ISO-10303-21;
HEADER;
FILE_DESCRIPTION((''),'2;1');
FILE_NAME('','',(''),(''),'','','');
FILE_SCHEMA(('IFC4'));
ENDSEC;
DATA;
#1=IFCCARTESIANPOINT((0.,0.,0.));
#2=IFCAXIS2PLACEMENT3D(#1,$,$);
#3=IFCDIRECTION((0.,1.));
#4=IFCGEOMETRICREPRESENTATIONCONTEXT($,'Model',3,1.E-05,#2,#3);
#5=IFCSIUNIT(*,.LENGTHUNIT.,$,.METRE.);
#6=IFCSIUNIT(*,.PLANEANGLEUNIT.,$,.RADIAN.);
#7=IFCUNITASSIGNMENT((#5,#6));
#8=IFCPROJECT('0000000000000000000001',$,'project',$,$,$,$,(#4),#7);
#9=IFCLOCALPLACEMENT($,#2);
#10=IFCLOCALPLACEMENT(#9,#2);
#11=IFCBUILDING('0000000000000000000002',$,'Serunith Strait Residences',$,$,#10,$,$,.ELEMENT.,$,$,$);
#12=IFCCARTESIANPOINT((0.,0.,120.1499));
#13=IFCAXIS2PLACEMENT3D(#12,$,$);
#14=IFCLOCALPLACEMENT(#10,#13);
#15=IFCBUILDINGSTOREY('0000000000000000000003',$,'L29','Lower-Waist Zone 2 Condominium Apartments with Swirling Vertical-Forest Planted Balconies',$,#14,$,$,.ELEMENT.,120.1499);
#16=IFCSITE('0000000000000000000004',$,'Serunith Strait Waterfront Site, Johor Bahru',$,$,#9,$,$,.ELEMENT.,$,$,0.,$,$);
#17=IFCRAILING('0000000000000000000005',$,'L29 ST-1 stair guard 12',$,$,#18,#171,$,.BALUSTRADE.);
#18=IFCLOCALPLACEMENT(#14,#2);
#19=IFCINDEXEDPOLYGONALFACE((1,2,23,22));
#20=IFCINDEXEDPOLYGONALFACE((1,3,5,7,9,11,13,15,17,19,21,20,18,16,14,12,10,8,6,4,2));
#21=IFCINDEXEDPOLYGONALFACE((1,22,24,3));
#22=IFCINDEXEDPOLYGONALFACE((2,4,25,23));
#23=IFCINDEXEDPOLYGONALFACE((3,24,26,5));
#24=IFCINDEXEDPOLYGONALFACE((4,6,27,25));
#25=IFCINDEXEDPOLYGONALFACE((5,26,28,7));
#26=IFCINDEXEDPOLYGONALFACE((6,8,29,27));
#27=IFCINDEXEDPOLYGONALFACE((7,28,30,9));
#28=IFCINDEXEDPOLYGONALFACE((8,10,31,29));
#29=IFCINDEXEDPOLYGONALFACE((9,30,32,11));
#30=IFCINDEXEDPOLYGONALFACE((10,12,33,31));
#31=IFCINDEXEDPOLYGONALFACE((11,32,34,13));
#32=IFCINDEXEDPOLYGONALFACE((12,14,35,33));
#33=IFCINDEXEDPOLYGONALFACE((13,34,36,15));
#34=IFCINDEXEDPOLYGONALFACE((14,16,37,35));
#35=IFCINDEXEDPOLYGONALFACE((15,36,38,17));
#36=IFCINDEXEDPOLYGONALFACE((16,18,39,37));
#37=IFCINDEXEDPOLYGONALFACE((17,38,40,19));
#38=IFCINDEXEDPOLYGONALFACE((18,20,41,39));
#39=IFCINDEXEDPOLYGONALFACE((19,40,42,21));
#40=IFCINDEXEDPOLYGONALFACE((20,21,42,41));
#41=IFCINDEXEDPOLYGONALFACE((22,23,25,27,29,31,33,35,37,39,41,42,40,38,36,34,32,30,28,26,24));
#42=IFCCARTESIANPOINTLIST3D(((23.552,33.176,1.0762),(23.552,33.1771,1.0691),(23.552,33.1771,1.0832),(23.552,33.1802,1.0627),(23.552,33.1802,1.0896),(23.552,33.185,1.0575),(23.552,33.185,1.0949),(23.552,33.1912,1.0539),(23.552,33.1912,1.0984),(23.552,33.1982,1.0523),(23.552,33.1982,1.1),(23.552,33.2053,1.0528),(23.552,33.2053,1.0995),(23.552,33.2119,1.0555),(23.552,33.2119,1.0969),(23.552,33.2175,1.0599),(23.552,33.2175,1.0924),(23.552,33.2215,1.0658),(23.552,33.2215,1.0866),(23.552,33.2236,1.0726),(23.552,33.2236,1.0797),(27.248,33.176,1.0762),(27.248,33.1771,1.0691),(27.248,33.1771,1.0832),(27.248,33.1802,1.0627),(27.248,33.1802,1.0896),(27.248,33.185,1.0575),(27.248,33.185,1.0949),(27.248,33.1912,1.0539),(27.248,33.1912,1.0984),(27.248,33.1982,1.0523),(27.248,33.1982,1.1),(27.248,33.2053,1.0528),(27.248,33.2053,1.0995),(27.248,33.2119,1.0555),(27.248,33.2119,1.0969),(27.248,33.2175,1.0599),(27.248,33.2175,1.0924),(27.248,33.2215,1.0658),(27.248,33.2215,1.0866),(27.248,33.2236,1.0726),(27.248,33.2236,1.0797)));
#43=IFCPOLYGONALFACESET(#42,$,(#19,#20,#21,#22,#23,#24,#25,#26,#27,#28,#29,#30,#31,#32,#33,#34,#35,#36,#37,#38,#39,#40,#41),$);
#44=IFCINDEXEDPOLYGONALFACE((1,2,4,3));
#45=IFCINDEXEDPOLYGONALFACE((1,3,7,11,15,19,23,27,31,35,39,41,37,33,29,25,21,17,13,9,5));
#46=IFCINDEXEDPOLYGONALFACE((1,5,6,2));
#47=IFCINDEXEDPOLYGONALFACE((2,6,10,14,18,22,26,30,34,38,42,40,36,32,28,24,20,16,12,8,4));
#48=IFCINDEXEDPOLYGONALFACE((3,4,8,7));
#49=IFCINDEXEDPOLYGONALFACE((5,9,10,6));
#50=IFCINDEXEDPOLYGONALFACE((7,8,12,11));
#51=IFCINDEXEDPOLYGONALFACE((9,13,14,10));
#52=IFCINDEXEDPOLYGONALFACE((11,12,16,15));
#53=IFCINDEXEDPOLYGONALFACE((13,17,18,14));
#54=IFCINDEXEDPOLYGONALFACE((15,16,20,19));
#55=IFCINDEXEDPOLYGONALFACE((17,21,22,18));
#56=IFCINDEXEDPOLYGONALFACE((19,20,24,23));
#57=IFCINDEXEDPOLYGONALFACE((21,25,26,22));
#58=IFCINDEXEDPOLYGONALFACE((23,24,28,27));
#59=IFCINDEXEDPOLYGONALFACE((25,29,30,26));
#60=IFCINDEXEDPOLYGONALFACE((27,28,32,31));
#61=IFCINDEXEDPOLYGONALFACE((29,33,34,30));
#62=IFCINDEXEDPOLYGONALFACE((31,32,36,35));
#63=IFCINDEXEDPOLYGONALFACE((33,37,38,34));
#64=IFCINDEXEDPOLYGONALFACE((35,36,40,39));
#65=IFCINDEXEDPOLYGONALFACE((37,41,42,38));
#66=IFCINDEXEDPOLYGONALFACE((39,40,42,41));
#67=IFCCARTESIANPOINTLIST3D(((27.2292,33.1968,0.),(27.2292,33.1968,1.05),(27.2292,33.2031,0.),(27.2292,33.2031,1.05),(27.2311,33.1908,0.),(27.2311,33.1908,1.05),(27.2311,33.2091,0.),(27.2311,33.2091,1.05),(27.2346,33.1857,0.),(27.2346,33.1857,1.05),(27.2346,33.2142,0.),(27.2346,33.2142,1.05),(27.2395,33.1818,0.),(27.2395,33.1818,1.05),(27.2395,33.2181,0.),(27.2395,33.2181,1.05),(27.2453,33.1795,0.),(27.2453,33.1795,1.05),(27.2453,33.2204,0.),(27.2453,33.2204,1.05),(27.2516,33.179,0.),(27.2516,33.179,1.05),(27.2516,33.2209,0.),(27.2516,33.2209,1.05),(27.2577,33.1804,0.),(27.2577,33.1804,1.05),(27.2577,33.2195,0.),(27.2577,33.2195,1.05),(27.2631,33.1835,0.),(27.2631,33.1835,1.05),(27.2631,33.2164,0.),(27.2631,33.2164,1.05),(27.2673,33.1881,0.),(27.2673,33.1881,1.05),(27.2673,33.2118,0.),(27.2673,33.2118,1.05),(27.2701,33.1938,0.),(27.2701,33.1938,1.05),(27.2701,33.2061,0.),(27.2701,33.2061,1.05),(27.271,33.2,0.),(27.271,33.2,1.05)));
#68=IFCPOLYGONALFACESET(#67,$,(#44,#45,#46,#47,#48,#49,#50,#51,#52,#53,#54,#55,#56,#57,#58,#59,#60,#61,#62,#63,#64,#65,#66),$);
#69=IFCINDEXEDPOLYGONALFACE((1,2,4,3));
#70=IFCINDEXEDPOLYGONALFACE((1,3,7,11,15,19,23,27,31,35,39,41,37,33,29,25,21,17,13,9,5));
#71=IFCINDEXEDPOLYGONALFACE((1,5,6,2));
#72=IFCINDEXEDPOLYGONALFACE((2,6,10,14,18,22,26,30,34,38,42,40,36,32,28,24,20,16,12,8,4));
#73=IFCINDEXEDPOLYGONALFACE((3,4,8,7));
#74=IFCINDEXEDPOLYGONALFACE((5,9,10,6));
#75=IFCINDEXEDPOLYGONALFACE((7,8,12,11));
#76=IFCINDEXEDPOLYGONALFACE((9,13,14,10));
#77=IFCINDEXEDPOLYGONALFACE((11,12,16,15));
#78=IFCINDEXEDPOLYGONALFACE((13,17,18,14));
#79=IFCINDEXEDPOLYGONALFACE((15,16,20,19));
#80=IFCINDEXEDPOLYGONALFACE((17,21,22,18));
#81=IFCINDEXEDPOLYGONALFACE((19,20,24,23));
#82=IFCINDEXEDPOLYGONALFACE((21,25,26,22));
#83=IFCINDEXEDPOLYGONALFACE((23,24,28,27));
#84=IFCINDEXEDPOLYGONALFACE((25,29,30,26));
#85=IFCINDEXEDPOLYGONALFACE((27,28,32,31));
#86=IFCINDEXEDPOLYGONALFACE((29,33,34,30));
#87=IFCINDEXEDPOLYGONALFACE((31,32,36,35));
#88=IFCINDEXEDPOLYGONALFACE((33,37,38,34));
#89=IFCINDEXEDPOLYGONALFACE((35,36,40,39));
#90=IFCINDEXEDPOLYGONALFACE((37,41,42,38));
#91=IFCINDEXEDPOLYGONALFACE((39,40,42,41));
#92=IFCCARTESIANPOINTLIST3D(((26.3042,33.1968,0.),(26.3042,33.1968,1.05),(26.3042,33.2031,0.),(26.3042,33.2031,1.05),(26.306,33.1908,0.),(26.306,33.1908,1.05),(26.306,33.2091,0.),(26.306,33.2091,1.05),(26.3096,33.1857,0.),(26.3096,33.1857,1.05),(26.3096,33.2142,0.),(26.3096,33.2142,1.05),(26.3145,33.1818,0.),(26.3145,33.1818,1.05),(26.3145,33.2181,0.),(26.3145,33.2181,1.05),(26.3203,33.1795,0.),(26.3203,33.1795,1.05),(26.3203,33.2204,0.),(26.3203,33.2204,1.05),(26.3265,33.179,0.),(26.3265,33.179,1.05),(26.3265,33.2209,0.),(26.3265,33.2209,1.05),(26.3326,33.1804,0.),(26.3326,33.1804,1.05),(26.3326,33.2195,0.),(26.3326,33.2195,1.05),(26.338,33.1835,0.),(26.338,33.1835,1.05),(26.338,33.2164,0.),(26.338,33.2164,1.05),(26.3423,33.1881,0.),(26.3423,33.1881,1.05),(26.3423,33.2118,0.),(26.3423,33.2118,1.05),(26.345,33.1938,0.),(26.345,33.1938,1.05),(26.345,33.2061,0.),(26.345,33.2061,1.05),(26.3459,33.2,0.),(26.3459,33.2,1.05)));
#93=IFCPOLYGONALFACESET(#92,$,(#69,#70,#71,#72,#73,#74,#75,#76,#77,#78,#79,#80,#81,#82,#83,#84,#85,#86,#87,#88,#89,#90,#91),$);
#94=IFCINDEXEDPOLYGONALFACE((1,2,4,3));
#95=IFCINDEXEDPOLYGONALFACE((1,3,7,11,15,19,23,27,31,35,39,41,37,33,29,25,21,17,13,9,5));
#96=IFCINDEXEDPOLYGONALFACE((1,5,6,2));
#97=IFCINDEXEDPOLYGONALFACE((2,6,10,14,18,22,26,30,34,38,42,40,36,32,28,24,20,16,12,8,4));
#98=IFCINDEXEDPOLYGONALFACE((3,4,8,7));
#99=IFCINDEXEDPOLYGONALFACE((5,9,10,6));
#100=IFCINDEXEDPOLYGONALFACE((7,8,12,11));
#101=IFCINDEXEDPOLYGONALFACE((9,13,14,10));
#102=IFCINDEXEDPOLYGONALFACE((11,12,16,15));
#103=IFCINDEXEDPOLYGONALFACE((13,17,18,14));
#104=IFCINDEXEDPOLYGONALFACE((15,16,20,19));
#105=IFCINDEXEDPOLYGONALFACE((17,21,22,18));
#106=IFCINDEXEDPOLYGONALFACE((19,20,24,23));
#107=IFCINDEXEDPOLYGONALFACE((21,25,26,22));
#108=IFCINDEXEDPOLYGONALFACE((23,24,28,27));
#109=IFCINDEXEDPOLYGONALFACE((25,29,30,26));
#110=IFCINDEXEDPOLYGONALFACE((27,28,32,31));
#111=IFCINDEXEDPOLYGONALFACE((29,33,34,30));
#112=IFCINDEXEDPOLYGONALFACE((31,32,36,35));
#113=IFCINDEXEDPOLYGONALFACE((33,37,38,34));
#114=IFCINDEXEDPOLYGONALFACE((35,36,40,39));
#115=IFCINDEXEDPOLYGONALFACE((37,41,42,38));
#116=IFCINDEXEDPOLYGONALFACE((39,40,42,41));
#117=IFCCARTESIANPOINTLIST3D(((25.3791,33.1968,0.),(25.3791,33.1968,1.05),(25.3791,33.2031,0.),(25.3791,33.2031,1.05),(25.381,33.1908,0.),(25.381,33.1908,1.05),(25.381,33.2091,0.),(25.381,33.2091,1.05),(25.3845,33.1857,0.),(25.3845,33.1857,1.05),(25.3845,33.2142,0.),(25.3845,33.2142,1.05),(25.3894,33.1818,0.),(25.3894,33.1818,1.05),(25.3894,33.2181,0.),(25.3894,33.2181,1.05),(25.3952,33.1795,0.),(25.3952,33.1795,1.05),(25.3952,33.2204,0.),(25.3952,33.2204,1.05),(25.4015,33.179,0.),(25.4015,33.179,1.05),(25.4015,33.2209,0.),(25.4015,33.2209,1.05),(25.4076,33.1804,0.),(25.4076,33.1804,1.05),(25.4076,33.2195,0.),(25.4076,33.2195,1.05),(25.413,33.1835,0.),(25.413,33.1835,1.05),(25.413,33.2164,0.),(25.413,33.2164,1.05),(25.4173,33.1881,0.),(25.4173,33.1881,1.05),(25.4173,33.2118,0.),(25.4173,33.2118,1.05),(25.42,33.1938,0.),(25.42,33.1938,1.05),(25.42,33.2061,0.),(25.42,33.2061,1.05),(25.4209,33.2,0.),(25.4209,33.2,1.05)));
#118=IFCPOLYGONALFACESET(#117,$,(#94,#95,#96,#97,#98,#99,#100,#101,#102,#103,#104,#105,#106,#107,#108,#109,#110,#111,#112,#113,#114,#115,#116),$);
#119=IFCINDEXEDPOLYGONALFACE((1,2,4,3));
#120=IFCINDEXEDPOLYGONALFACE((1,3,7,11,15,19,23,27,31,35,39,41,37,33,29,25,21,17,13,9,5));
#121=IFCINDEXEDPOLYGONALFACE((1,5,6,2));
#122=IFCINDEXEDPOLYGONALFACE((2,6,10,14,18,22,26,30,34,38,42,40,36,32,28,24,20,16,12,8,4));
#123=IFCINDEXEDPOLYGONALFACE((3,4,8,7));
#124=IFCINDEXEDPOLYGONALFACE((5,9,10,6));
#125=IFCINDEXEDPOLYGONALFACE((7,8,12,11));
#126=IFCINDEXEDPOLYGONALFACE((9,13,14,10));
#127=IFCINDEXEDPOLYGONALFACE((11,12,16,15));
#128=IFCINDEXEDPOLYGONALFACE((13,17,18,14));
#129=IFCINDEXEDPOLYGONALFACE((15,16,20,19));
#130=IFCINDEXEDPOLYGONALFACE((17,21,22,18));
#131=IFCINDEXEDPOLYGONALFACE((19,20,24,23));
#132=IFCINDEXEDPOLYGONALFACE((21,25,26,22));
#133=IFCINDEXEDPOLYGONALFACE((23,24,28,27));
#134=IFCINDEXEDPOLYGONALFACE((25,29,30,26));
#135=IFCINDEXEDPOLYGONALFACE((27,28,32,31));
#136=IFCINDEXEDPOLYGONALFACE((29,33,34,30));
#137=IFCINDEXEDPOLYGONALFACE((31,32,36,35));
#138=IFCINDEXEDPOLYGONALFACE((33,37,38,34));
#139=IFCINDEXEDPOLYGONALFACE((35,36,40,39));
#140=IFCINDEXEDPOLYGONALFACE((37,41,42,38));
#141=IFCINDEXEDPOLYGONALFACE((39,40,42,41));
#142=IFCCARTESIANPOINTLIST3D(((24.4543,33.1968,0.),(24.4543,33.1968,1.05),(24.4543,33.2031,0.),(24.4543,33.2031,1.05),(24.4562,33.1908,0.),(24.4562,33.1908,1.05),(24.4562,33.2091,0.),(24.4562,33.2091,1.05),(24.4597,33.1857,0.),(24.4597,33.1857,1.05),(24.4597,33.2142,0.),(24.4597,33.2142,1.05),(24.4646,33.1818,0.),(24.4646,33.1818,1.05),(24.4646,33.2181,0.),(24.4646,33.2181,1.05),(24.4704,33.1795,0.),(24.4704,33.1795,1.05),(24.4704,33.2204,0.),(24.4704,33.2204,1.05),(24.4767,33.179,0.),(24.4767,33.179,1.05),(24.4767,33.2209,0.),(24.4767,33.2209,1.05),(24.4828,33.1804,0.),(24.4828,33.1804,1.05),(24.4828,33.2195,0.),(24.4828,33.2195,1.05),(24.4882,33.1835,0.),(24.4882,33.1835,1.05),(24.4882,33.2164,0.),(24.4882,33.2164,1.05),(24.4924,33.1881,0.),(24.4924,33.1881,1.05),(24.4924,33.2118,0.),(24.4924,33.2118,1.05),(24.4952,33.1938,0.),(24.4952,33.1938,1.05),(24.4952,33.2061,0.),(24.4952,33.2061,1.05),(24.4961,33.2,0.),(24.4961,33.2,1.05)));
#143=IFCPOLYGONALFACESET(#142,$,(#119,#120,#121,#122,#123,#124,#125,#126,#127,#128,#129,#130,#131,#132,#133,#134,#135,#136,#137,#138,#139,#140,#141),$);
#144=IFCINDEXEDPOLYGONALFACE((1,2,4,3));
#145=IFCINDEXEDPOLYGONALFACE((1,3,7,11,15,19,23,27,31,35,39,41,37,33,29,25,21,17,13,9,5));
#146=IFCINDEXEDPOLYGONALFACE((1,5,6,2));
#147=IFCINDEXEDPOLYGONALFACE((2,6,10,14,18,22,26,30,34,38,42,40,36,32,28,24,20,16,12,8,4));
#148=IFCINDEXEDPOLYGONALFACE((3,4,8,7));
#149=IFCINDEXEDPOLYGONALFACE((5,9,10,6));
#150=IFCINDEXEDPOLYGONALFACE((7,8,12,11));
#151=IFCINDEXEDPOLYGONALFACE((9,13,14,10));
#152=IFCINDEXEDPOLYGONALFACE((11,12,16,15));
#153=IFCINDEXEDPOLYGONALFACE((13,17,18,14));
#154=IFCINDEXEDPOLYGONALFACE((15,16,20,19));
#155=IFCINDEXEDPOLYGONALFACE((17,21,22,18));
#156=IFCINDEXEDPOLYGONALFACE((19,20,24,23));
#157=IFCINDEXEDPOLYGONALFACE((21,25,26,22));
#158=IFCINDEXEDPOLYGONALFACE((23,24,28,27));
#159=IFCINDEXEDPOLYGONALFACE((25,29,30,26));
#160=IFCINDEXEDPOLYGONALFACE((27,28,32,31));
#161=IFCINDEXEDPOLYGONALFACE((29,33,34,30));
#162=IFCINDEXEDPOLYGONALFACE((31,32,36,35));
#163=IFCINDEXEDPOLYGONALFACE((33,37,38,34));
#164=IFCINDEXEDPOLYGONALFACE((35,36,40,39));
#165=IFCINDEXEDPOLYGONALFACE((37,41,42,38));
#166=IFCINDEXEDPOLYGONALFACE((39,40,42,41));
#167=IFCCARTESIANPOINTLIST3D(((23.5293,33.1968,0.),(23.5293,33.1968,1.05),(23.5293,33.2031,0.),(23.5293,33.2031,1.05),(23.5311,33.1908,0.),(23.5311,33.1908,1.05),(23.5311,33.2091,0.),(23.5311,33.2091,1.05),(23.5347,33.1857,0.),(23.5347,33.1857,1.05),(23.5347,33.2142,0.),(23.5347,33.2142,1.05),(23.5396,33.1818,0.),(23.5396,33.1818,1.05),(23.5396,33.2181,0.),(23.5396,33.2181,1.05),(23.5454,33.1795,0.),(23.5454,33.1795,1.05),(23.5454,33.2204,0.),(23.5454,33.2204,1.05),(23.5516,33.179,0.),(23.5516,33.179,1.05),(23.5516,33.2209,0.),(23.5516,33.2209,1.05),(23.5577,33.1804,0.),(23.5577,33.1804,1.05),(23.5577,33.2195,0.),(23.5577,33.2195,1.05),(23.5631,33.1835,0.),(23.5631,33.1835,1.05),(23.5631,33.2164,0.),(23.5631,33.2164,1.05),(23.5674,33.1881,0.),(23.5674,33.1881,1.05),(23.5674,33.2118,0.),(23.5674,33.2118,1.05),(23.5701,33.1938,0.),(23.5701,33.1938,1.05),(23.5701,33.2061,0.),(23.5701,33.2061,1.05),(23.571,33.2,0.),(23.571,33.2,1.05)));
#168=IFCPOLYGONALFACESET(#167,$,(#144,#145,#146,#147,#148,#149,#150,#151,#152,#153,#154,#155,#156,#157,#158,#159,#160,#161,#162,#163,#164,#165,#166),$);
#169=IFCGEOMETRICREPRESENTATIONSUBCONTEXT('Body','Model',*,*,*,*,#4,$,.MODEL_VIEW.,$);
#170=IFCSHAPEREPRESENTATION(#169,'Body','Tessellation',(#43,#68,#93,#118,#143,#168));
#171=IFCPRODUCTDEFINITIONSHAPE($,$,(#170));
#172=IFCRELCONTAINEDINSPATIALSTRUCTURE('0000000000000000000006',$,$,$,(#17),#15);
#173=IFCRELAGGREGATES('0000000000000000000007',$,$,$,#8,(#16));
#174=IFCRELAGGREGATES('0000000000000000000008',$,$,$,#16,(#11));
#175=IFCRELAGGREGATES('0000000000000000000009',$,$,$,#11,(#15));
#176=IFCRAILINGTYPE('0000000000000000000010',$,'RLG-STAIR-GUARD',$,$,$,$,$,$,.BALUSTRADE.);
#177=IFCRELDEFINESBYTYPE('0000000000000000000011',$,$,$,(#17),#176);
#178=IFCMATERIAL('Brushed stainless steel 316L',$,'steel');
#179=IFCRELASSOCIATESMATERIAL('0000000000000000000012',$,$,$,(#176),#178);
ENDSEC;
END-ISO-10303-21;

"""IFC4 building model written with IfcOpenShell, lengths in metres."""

from ifc_helpers import new_model, si_unit, direction, frame, origin, origin_2d, place, context, subcontext, project, spatial, circle, extrude, material, type_object, element, save


model = new_model("IFC4")

# Units and contexts
model_context = context("Model", 3, precision=1e-05, world=origin(), true_north=direction((0.0, 1.0)))
body_context = subcontext(model_context, "Body", "Model", "MODEL_VIEW")
ifc_project = project(units=[si_unit("LENGTHUNIT", "METRE"), si_unit("PLANEANGLEUNIT", "RADIAN")], contexts=[model_context])

# Site, building, storey
site_placement = place(None, origin())
site = spatial("IfcSite", under=ifc_project, at=site_placement, Name="Serunith Strait Waterfront Site, Johor Bahru", CompositionType="ELEMENT", RefElevation=0.0)
building_placement = place(site_placement, origin())
building = spatial("IfcBuilding", under=site, at=building_placement, Name="Serunith Strait Residences", CompositionType="ELEMENT")
storey_placement = place(building_placement, frame((0.0, 0.0, 120.1499)))
storey = spatial("IfcBuildingStorey", under=building, at=storey_placement, Name="L29", Description="Lower-Waist Zone 2 Condominium Apartments with Swirling Vertical-Forest Planted Balconies", CompositionType="ELEMENT", Elevation=120.1499)

# Railing
ifc_material_1 = material(Name="Brushed stainless steel 316L", Category="steel")
railing_type_1 = type_object("IfcRailingType", Name="RLG-STAIR-GUARD", PredefinedType="BALUSTRADE", material=ifc_material_1)
railing_1_placement = place(storey_placement, frame((27.25, 33.2, 0.0)))
element("IfcRailing", 1, at=railing_1_placement, inside=storey, type_object=railing_type_1, Name="L29 ST-1 stair guard 12", PredefinedType="BALUSTRADE", context=body_context, shape_type="SweptSolid", body=[
    extrude(circle(Radius=0.0239, at=origin_2d()), frame((-0.002, 0.0, 1.0762), z_axis=(-1.0, 0.0, 0.0), x_axis=(0.0, -1.0, 0.0)), (0.0, 0.0, 1.0), 3.696),
    extrude(circle(Radius=0.021, at=origin_2d()), origin(), (0.0, 0.0, 1.0), 1.05),
    extrude(circle(Radius=0.021, at=origin_2d()), frame((-0.925, 0.0, 0.0)), (0.0, 0.0, 1.0), 1.05),
    extrude(circle(Radius=0.021, at=origin_2d()), frame((-1.8501, 0.0, 0.0)), (0.0, 0.0, 1.0), 1.05),
    extrude(circle(Radius=0.021, at=origin_2d()), frame((-2.7749, 0.0, 0.0)), (0.0, 0.0, 1.0), 1.05),
    extrude(circle(Radius=0.021, at=origin_2d()), frame((-3.7, 0.0, 0.0)), (0.0, 0.0, 1.0), 1.05),
])

save(model, "model.ifc")
